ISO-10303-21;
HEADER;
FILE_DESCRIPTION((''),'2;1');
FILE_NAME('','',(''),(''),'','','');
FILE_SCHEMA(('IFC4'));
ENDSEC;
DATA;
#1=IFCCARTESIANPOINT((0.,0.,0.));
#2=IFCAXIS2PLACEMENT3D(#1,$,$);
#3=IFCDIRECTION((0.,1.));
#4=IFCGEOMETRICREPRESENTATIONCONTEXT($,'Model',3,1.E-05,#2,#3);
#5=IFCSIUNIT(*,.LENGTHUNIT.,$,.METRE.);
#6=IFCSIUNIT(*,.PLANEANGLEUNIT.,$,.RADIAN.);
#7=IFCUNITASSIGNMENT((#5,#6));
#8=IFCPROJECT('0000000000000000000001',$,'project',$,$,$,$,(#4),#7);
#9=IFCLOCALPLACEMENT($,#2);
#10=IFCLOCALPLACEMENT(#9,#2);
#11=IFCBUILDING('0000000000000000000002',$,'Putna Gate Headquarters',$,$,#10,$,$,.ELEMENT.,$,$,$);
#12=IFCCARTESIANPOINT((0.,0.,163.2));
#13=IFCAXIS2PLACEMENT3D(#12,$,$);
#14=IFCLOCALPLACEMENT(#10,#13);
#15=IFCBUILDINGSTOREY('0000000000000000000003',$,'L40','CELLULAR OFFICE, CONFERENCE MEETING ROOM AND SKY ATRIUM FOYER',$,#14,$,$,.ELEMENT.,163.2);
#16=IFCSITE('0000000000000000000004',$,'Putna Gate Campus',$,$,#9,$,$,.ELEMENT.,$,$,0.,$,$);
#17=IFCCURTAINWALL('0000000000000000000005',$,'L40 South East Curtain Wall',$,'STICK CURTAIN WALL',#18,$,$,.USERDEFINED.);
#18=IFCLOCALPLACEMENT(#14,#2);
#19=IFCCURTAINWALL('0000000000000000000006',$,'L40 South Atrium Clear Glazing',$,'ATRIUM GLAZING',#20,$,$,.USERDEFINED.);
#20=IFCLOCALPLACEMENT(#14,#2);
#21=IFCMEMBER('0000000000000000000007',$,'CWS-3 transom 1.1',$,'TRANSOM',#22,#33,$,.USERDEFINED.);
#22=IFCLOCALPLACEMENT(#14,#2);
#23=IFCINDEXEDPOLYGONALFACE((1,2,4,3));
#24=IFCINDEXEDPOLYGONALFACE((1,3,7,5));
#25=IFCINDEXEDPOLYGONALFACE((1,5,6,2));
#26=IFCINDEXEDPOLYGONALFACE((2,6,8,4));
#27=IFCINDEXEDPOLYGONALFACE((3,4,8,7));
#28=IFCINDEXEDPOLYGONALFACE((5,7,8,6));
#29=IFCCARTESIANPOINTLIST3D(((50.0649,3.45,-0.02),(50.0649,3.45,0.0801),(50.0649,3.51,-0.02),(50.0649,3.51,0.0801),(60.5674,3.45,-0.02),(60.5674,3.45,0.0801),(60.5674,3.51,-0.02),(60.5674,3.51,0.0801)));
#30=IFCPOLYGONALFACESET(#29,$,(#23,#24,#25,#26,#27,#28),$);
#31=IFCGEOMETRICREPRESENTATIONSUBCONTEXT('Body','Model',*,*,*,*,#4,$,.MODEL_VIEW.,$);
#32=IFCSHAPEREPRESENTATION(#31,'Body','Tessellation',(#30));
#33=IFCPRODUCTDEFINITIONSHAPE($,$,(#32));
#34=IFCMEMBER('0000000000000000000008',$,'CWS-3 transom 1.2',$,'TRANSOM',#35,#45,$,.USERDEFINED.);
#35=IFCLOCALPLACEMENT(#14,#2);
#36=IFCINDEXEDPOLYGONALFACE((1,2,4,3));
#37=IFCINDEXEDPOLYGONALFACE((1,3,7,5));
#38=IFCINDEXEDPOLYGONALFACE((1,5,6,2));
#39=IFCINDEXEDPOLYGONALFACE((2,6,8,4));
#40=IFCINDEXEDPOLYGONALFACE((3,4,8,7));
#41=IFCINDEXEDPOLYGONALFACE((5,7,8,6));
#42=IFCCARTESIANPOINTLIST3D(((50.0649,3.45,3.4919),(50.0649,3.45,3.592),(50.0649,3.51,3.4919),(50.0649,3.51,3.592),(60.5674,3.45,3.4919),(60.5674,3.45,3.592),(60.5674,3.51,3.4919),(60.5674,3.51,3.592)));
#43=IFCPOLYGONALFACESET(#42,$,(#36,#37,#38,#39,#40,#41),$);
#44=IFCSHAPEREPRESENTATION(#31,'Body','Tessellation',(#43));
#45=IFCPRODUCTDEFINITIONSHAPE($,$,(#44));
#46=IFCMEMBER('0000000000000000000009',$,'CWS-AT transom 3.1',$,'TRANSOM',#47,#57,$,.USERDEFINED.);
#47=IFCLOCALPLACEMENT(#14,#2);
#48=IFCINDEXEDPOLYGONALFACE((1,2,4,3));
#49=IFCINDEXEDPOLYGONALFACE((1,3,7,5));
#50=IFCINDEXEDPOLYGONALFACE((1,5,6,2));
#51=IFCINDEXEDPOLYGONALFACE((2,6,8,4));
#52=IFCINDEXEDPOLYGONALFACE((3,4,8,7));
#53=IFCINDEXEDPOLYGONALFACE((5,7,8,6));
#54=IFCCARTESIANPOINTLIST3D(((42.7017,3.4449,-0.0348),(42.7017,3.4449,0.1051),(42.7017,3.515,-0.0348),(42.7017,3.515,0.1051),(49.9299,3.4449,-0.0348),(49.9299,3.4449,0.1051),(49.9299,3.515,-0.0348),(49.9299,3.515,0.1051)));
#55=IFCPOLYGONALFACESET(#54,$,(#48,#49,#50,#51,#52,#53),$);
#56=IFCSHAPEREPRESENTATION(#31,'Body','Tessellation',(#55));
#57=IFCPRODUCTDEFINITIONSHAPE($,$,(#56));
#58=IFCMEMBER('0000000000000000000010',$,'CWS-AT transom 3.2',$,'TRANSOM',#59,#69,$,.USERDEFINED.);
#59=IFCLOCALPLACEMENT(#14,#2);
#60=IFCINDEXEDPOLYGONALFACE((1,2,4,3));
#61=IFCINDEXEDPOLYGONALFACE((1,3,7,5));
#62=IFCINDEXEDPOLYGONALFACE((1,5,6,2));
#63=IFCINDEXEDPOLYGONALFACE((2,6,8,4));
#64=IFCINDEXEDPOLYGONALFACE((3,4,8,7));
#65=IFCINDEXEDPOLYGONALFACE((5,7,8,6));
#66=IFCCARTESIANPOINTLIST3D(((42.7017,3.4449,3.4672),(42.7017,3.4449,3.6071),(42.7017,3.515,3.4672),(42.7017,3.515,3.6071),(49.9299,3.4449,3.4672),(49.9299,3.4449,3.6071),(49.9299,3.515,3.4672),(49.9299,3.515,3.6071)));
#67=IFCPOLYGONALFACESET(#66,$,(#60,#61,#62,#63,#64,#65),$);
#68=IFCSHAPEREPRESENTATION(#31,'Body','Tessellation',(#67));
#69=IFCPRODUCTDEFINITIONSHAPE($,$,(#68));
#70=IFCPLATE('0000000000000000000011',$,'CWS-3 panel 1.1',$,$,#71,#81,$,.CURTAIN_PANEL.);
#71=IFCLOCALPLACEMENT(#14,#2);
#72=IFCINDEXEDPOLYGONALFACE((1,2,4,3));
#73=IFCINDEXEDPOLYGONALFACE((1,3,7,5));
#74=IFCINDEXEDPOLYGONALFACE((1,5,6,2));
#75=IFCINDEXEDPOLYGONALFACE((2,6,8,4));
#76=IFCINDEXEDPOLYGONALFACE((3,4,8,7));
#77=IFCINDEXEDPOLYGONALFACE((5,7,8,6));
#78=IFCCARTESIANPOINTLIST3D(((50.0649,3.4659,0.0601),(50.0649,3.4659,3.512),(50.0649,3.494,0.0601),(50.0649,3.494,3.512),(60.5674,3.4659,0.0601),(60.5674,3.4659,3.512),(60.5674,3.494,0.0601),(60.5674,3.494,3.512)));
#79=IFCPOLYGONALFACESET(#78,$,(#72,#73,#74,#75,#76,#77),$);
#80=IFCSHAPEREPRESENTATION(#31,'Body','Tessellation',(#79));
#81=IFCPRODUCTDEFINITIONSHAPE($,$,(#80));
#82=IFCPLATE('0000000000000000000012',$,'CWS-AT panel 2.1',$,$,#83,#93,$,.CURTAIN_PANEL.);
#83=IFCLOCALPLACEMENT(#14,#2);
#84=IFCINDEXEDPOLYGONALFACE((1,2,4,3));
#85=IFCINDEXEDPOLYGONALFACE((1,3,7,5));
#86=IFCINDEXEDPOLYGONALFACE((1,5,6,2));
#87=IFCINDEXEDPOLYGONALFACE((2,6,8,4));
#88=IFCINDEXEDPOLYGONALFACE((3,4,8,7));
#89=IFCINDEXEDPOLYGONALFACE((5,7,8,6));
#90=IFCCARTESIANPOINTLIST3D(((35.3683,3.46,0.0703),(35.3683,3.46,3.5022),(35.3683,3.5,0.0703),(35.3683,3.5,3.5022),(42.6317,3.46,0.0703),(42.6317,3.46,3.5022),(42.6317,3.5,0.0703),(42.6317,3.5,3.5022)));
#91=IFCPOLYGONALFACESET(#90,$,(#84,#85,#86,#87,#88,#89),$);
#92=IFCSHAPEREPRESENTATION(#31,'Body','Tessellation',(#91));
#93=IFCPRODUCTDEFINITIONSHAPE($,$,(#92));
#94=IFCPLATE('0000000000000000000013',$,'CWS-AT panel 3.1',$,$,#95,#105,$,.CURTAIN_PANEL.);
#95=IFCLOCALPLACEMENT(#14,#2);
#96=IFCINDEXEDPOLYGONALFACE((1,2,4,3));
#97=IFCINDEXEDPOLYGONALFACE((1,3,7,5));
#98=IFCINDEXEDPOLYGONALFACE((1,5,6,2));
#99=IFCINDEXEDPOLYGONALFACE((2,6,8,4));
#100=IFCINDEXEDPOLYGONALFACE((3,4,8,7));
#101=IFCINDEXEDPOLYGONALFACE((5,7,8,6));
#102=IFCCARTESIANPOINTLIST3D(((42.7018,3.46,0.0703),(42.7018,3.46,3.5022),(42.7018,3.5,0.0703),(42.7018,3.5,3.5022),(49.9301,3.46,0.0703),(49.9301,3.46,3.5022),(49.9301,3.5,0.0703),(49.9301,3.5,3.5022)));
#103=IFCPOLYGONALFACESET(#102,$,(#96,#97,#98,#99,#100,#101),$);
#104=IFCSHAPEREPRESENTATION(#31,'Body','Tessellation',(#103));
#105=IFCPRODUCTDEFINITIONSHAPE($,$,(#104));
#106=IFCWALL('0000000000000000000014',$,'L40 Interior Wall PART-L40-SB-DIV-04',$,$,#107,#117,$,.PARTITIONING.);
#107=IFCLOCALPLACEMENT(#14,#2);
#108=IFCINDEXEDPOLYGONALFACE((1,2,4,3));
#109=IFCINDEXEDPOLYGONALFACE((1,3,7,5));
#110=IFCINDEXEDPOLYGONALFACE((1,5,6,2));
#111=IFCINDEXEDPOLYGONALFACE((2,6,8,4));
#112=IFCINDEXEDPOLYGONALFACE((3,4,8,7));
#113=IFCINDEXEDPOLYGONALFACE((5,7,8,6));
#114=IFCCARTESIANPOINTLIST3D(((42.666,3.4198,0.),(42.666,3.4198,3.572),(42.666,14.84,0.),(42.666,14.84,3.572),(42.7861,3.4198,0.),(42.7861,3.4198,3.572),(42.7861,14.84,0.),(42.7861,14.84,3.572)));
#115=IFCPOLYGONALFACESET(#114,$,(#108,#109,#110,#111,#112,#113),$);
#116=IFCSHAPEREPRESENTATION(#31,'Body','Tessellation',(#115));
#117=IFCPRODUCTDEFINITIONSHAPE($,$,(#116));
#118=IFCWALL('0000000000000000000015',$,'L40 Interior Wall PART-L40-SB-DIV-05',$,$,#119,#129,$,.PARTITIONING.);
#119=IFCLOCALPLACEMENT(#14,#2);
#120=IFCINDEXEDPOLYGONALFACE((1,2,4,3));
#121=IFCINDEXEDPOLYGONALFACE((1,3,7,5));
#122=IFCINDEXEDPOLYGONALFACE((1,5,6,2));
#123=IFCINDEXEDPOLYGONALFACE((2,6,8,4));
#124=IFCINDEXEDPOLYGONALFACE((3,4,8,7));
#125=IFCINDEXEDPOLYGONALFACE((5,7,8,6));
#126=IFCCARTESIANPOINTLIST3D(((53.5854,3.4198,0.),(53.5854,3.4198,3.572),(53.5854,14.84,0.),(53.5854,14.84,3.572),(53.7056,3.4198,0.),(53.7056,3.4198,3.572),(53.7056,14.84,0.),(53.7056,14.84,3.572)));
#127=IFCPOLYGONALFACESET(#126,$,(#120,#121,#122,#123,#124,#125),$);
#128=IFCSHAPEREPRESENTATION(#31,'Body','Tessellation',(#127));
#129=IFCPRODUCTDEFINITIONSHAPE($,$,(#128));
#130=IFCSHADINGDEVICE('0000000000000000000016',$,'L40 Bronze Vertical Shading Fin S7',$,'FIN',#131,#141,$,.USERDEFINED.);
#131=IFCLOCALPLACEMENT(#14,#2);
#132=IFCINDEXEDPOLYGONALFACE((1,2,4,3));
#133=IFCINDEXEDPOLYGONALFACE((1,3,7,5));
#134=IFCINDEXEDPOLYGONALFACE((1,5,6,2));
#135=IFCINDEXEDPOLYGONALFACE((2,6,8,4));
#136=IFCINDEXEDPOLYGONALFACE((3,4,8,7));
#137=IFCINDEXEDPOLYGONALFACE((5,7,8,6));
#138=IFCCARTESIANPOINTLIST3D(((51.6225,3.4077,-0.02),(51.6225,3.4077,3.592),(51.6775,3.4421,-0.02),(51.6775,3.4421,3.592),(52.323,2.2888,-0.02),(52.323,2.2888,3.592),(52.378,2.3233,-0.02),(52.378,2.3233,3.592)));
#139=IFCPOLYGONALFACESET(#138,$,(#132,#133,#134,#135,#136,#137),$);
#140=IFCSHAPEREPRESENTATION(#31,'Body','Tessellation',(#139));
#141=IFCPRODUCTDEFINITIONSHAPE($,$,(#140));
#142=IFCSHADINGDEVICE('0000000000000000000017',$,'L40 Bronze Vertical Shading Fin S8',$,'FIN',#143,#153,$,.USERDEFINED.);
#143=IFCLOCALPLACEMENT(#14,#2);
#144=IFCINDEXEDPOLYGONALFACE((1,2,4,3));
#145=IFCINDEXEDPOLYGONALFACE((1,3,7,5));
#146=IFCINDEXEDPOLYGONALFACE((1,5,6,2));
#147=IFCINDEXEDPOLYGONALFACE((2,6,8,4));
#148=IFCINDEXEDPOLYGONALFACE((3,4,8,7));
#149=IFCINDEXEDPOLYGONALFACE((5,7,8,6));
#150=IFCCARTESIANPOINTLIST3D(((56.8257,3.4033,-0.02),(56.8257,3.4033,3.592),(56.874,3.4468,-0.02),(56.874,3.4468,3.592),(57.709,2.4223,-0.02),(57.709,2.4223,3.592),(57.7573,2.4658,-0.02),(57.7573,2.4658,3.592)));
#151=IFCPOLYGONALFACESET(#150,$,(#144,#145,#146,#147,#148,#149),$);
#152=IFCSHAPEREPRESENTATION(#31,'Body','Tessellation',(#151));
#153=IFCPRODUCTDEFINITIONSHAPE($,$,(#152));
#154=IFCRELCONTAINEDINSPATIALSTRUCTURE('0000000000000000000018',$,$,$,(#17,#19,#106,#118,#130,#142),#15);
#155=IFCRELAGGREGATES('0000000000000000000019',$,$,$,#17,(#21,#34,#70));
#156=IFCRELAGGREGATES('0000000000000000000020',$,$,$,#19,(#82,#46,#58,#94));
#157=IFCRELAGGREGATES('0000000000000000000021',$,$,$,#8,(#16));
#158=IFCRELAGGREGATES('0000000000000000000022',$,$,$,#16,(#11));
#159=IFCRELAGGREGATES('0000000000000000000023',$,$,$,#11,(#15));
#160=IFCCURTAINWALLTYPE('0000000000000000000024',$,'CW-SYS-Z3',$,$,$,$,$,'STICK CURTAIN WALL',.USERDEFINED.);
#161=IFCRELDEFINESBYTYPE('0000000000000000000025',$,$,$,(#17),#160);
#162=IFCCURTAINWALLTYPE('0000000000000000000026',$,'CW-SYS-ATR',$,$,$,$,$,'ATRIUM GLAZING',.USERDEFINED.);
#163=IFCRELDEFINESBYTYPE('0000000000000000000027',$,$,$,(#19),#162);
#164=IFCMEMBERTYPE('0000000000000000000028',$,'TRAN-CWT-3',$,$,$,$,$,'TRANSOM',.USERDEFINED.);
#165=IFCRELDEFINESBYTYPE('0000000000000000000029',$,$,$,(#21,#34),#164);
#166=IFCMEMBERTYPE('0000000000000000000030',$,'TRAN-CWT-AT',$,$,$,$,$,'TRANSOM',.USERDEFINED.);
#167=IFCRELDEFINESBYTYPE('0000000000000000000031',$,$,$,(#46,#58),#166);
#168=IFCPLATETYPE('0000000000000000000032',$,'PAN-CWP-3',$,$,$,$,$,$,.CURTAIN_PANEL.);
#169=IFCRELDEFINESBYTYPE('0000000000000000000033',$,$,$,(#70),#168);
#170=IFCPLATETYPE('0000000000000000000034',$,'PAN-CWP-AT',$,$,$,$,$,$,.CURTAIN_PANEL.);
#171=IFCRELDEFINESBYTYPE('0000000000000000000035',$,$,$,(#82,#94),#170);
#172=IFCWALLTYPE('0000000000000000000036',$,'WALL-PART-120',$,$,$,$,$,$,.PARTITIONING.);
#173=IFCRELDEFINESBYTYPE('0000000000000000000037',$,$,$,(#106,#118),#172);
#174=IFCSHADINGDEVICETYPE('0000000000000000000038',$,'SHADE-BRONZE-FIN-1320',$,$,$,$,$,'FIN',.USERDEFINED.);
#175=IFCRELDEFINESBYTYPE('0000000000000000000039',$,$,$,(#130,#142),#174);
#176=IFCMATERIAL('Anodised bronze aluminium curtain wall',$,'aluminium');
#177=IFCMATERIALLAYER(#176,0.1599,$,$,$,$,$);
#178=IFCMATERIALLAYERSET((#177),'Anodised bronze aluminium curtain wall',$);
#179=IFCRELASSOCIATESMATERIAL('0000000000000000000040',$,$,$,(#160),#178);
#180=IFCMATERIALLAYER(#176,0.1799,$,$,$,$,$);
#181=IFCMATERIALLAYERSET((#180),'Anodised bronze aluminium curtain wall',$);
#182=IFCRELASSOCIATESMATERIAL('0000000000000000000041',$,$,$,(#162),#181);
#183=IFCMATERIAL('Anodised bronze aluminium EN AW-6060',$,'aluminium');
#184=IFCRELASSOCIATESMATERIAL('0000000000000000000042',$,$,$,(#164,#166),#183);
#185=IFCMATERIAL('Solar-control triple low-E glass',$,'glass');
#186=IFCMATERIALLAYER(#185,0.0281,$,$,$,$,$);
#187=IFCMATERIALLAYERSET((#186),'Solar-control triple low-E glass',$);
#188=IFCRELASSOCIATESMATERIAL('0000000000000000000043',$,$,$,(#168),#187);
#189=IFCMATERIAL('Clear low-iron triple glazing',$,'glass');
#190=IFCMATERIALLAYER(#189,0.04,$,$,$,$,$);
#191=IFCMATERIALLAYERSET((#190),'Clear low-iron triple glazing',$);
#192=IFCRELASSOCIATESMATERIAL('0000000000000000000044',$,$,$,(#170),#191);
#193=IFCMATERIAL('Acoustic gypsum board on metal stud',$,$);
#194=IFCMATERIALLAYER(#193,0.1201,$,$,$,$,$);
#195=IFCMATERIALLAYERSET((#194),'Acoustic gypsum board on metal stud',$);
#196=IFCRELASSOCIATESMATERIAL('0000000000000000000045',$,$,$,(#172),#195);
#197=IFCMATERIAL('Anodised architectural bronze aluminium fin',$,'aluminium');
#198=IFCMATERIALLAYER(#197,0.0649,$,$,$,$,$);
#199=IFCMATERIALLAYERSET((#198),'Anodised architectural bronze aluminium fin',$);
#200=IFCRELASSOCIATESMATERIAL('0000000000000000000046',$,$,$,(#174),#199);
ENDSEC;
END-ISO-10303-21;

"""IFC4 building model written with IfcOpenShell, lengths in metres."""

from ifc_helpers import new_model, si_unit, direction, frame, frame_2d, origin, origin_2d, place, context, subcontext, project, spatial, rectangle, extrude, material, layer, layer_set, material_profile, profile_set, type_object, element, aggregate, save


model = new_model("IFC4")

# Units and contexts
model_context = context("Model", 3, precision=1e-05, world=origin(), true_north=direction((0.0, 1.0)))
body_context = subcontext(model_context, "Body", "Model", "MODEL_VIEW")
ifc_project = project(units=[si_unit("LENGTHUNIT", "METRE"), si_unit("PLANEANGLEUNIT", "RADIAN")], contexts=[model_context])

# Site, building, storey
site_placement = place(None, origin())
site = spatial("IfcSite", under=ifc_project, at=site_placement, Name="Putna Gate Campus", CompositionType="ELEMENT", RefElevation=0.0)
building_placement = place(site_placement, origin())
building = spatial("IfcBuilding", under=site, at=building_placement, Name="Putna Gate Headquarters", CompositionType="ELEMENT")
storey_placement = place(building_placement, frame((0.0, 0.0, 163.2)))
storey = spatial("IfcBuildingStorey", under=building, at=storey_placement, Name="L40", Description="CELLULAR OFFICE, CONFERENCE MEETING ROOM AND SKY ATRIUM FOYER", CompositionType="ELEMENT", Elevation=163.2)

# Curtain wall
ifc_material_1 = material(Name="Anodised bronze aluminium curtain wall", Category="aluminium")
ifc_layer_1 = layer(ifc_material_1, 0.1599)
ifc_layer_set_1 = layer_set([ifc_layer_1], Name="Anodised bronze aluminium curtain wall")
curtain_wall_type_1 = type_object("IfcCurtainWallType", Name="CW-SYS-Z3", ElementType="STICK CURTAIN WALL", PredefinedType="USERDEFINED", material=ifc_layer_set_1)
curtain_wall_1_placement = place(storey_placement, origin())
curtain_wall_1 = element("IfcCurtainWall", 1, at=curtain_wall_1_placement, inside=storey, type_object=curtain_wall_type_1, Name="L40 South East Curtain Wall", ObjectType="STICK CURTAIN WALL", PredefinedType="USERDEFINED")
ifc_material_2 = material(Name="Anodised bronze aluminium EN AW-6060", Category="aluminium")

# Curtain wall
ifc_layer_2 = layer(ifc_material_1, 0.1799)
ifc_layer_set_2 = layer_set([ifc_layer_2], Name="Anodised bronze aluminium curtain wall")
curtain_wall_type_2 = type_object("IfcCurtainWallType", Name="CW-SYS-ATR", ElementType="ATRIUM GLAZING", PredefinedType="USERDEFINED", material=ifc_layer_set_2)
curtain_wall_2_placement = place(storey_placement, origin())
curtain_wall_2 = element("IfcCurtainWall", 2, at=curtain_wall_2_placement, inside=storey, type_object=curtain_wall_type_2, Name="L40 South Atrium Clear Glazing", ObjectType="ATRIUM GLAZING", PredefinedType="USERDEFINED")

# Members
ifc_material_profile_1 = material_profile(ifc_material_2, rectangle(XDim=0.0601, YDim=0.1001, at=origin_2d()), Name="Anodised bronze aluminium EN AW-6060")
ifc_profile_set_1 = profile_set([ifc_material_profile_1], Name="Anodised bronze aluminium EN AW-6060")
member_type_1 = type_object("IfcMemberType", Name="TRAN-CWT-3", ElementType="TRANSOM", PredefinedType="USERDEFINED", material=ifc_profile_set_1)
member_1_placement = place(storey_placement, frame((50.0649, 3.48, 0.03), z_axis=(1.0, 0.0, 0.0), x_axis=(0.0, 1.0, 0.0)))
member_1 = element("IfcMember", 3, at=member_1_placement, type_object=member_type_1, Name="CWS-3 transom 1.1", ObjectType="TRANSOM", PredefinedType="USERDEFINED", context=body_context, shape_type="SweptSolid", body=[
    extrude(rectangle(XDim=0.0601, YDim=0.1001, at=origin_2d()), origin(), (0.0, 0.0, 1.0), 10.5024),
])
member_2_placement = place(storey_placement, frame((50.0649, 3.48, 3.542), z_axis=(1.0, 0.0, 0.0), x_axis=(0.0, 1.0, 0.0)))
member_2 = element("IfcMember", 4, at=member_2_placement, type_object=member_type_1, Name="CWS-3 transom 1.2", ObjectType="TRANSOM", PredefinedType="USERDEFINED", context=body_context, shape_type="SweptSolid", body=[
    extrude(rectangle(XDim=0.0601, YDim=0.1001, at=origin_2d()), origin(), (0.0, 0.0, 1.0), 10.5024),
])
ifc_material_profile_2 = material_profile(ifc_material_2, rectangle(XDim=0.0701, YDim=0.1399, at=origin_2d()), Name="Anodised bronze aluminium EN AW-6060")
ifc_profile_set_2 = profile_set([ifc_material_profile_2], Name="Anodised bronze aluminium EN AW-6060")
member_type_2 = type_object("IfcMemberType", Name="TRAN-CWT-AT", ElementType="TRANSOM", PredefinedType="USERDEFINED", material=ifc_profile_set_2)
member_3_placement = place(storey_placement, frame((42.7017, 3.48, 0.0352), z_axis=(1.0, 0.0, 0.0), x_axis=(0.0, 1.0, 0.0)))
member_3 = element("IfcMember", 5, at=member_3_placement, type_object=member_type_2, Name="CWS-AT transom 3.1", ObjectType="TRANSOM", PredefinedType="USERDEFINED", context=body_context, shape_type="SweptSolid", body=[
    extrude(rectangle(XDim=0.0701, YDim=0.1399, at=origin_2d()), origin(), (0.0, 0.0, 1.0), 7.2283),
])
member_4_placement = place(storey_placement, frame((42.7017, 3.48, 3.5371), z_axis=(1.0, 0.0, 0.0), x_axis=(0.0, 1.0, 0.0)))
member_4 = element("IfcMember", 6, at=member_4_placement, type_object=member_type_2, Name="CWS-AT transom 3.2", ObjectType="TRANSOM", PredefinedType="USERDEFINED", context=body_context, shape_type="SweptSolid", body=[
    extrude(rectangle(XDim=0.0701, YDim=0.1399, at=origin_2d()), origin(), (0.0, 0.0, 1.0), 7.2283),
])

# Plates
ifc_material_3 = material(Name="Solar-control triple low-E glass", Category="glass")
ifc_layer_3 = layer(ifc_material_3, 0.0281)
ifc_layer_set_3 = layer_set([ifc_layer_3], Name="Solar-control triple low-E glass")
plate_type_1 = type_object("IfcPlateType", Name="PAN-CWP-3", PredefinedType="CURTAIN_PANEL", material=ifc_layer_set_3)
plate_1_placement = place(storey_placement, frame((55.3162, 3.48, 0.0601), z_axis=(0.0, 0.0, 1.0), x_axis=(1.0, 0.0, 0.0)))
plate_1 = element("IfcPlate", 7, at=plate_1_placement, type_object=plate_type_1, Name="CWS-3 panel 1.1", PredefinedType="CURTAIN_PANEL", context=body_context, shape_type="SweptSolid", body=[
    extrude(rectangle(XDim=10.5024, YDim=0.0281, at=origin_2d()), origin(), (0.0, 0.0, 1.0), 3.4519),
])
aggregate(curtain_wall_1, [member_1, member_2, plate_1])
ifc_material_4 = material(Name="Clear low-iron triple glazing", Category="glass")
ifc_layer_4 = layer(ifc_material_4, 0.04)
ifc_layer_set_4 = layer_set([ifc_layer_4], Name="Clear low-iron triple glazing")
plate_type_2 = type_object("IfcPlateType", Name="PAN-CWP-AT", PredefinedType="CURTAIN_PANEL", material=ifc_layer_set_4)
plate_2_placement = place(storey_placement, frame((39.0, 3.48, 0.0703), z_axis=(0.0, 0.0, 1.0), x_axis=(1.0, 0.0, 0.0)))
plate_2 = element("IfcPlate", 8, at=plate_2_placement, type_object=plate_type_2, Name="CWS-AT panel 2.1", PredefinedType="CURTAIN_PANEL", context=body_context, shape_type="SweptSolid", body=[
    extrude(rectangle(XDim=7.2634, YDim=0.04, at=origin_2d()), origin(), (0.0, 0.0, 1.0), 3.4319),
])
plate_3_placement = place(storey_placement, frame((46.3159, 3.48, 0.0703), z_axis=(0.0, 0.0, 1.0), x_axis=(1.0, 0.0, 0.0)))
plate_3 = element("IfcPlate", 9, at=plate_3_placement, type_object=plate_type_2, Name="CWS-AT panel 3.1", PredefinedType="CURTAIN_PANEL", context=body_context, shape_type="SweptSolid", body=[
    extrude(rectangle(XDim=7.2283, YDim=0.04, at=origin_2d()), origin(), (0.0, 0.0, 1.0), 3.4319),
])
aggregate(curtain_wall_2, [plate_2, member_3, member_4, plate_3])

# Walls
ifc_material_5 = material(Name="Acoustic gypsum board on metal stud")
ifc_layer_5 = layer(ifc_material_5, 0.1201)
ifc_layer_set_5 = layer_set([ifc_layer_5], Name="Acoustic gypsum board on metal stud")
wall_type = type_object("IfcWallType", Name="WALL-PART-120", PredefinedType="PARTITIONING", material=ifc_layer_set_5)
for number, where, z_axis, x_axis, name in (
    (10, (42.7261, 3.4199, 0.0), (0.0, 0.0, 1.0), (0.0, 1.0, 0.0), "L40 Interior Wall PART-L40-SB-DIV-04"),
    (11, (53.6455, 3.4199, 0.0), (0.0, 0.0, 1.0), (0.0, 1.0, 0.0), "L40 Interior Wall PART-L40-SB-DIV-05"),
):
    element("IfcWall", number, at=place(storey_placement, frame(where, z_axis=z_axis, x_axis=x_axis)), inside=storey, type_object=wall_type, Name=name, PredefinedType="PARTITIONING", context=body_context, shape_type="SweptSolid", body=[
        extrude(rectangle(XDim=11.4202, YDim=0.1201, at=frame_2d((5.71, 0.0))), origin(), (0.0, 0.0, 1.0), 3.572),
    ])

# Shading devices
ifc_material_6 = material(Name="Anodised architectural bronze aluminium fin", Category="aluminium")
ifc_layer_6 = layer(ifc_material_6, 0.0649)
ifc_layer_set_6 = layer_set([ifc_layer_6], Name="Anodised architectural bronze aluminium fin")
shading_device_type = type_object("IfcShadingDeviceType", Name="SHADE-BRONZE-FIN-1320", ElementType="FIN", PredefinedType="USERDEFINED", material=ifc_layer_set_6)
for number, where, z_axis, x_axis, name in (
    (12, (52.0002, 2.8655, -0.02), (0.0, 0.0, 1.0), (0.530659, -0.847585, 0.0), "L40 Bronze Vertical Shading Fin S7"),
    (13, (57.2915, 2.9346, -0.02), (0.0, 0.0, 1.0), (0.669131, -0.743145, 0.0), "L40 Bronze Vertical Shading Fin S8"),
):
    element("IfcShadingDevice", number, at=place(storey_placement, frame(where, z_axis=z_axis, x_axis=x_axis)), inside=storey, type_object=shading_device_type, Name=name, ObjectType="FIN", PredefinedType="USERDEFINED", context=body_context, shape_type="SweptSolid", body=[
        extrude(rectangle(XDim=1.3201, YDim=0.0649, at=origin_2d()), origin(), (0.0, 0.0, 1.0), 3.6121),
    ])

save(model, "model.ifc")
